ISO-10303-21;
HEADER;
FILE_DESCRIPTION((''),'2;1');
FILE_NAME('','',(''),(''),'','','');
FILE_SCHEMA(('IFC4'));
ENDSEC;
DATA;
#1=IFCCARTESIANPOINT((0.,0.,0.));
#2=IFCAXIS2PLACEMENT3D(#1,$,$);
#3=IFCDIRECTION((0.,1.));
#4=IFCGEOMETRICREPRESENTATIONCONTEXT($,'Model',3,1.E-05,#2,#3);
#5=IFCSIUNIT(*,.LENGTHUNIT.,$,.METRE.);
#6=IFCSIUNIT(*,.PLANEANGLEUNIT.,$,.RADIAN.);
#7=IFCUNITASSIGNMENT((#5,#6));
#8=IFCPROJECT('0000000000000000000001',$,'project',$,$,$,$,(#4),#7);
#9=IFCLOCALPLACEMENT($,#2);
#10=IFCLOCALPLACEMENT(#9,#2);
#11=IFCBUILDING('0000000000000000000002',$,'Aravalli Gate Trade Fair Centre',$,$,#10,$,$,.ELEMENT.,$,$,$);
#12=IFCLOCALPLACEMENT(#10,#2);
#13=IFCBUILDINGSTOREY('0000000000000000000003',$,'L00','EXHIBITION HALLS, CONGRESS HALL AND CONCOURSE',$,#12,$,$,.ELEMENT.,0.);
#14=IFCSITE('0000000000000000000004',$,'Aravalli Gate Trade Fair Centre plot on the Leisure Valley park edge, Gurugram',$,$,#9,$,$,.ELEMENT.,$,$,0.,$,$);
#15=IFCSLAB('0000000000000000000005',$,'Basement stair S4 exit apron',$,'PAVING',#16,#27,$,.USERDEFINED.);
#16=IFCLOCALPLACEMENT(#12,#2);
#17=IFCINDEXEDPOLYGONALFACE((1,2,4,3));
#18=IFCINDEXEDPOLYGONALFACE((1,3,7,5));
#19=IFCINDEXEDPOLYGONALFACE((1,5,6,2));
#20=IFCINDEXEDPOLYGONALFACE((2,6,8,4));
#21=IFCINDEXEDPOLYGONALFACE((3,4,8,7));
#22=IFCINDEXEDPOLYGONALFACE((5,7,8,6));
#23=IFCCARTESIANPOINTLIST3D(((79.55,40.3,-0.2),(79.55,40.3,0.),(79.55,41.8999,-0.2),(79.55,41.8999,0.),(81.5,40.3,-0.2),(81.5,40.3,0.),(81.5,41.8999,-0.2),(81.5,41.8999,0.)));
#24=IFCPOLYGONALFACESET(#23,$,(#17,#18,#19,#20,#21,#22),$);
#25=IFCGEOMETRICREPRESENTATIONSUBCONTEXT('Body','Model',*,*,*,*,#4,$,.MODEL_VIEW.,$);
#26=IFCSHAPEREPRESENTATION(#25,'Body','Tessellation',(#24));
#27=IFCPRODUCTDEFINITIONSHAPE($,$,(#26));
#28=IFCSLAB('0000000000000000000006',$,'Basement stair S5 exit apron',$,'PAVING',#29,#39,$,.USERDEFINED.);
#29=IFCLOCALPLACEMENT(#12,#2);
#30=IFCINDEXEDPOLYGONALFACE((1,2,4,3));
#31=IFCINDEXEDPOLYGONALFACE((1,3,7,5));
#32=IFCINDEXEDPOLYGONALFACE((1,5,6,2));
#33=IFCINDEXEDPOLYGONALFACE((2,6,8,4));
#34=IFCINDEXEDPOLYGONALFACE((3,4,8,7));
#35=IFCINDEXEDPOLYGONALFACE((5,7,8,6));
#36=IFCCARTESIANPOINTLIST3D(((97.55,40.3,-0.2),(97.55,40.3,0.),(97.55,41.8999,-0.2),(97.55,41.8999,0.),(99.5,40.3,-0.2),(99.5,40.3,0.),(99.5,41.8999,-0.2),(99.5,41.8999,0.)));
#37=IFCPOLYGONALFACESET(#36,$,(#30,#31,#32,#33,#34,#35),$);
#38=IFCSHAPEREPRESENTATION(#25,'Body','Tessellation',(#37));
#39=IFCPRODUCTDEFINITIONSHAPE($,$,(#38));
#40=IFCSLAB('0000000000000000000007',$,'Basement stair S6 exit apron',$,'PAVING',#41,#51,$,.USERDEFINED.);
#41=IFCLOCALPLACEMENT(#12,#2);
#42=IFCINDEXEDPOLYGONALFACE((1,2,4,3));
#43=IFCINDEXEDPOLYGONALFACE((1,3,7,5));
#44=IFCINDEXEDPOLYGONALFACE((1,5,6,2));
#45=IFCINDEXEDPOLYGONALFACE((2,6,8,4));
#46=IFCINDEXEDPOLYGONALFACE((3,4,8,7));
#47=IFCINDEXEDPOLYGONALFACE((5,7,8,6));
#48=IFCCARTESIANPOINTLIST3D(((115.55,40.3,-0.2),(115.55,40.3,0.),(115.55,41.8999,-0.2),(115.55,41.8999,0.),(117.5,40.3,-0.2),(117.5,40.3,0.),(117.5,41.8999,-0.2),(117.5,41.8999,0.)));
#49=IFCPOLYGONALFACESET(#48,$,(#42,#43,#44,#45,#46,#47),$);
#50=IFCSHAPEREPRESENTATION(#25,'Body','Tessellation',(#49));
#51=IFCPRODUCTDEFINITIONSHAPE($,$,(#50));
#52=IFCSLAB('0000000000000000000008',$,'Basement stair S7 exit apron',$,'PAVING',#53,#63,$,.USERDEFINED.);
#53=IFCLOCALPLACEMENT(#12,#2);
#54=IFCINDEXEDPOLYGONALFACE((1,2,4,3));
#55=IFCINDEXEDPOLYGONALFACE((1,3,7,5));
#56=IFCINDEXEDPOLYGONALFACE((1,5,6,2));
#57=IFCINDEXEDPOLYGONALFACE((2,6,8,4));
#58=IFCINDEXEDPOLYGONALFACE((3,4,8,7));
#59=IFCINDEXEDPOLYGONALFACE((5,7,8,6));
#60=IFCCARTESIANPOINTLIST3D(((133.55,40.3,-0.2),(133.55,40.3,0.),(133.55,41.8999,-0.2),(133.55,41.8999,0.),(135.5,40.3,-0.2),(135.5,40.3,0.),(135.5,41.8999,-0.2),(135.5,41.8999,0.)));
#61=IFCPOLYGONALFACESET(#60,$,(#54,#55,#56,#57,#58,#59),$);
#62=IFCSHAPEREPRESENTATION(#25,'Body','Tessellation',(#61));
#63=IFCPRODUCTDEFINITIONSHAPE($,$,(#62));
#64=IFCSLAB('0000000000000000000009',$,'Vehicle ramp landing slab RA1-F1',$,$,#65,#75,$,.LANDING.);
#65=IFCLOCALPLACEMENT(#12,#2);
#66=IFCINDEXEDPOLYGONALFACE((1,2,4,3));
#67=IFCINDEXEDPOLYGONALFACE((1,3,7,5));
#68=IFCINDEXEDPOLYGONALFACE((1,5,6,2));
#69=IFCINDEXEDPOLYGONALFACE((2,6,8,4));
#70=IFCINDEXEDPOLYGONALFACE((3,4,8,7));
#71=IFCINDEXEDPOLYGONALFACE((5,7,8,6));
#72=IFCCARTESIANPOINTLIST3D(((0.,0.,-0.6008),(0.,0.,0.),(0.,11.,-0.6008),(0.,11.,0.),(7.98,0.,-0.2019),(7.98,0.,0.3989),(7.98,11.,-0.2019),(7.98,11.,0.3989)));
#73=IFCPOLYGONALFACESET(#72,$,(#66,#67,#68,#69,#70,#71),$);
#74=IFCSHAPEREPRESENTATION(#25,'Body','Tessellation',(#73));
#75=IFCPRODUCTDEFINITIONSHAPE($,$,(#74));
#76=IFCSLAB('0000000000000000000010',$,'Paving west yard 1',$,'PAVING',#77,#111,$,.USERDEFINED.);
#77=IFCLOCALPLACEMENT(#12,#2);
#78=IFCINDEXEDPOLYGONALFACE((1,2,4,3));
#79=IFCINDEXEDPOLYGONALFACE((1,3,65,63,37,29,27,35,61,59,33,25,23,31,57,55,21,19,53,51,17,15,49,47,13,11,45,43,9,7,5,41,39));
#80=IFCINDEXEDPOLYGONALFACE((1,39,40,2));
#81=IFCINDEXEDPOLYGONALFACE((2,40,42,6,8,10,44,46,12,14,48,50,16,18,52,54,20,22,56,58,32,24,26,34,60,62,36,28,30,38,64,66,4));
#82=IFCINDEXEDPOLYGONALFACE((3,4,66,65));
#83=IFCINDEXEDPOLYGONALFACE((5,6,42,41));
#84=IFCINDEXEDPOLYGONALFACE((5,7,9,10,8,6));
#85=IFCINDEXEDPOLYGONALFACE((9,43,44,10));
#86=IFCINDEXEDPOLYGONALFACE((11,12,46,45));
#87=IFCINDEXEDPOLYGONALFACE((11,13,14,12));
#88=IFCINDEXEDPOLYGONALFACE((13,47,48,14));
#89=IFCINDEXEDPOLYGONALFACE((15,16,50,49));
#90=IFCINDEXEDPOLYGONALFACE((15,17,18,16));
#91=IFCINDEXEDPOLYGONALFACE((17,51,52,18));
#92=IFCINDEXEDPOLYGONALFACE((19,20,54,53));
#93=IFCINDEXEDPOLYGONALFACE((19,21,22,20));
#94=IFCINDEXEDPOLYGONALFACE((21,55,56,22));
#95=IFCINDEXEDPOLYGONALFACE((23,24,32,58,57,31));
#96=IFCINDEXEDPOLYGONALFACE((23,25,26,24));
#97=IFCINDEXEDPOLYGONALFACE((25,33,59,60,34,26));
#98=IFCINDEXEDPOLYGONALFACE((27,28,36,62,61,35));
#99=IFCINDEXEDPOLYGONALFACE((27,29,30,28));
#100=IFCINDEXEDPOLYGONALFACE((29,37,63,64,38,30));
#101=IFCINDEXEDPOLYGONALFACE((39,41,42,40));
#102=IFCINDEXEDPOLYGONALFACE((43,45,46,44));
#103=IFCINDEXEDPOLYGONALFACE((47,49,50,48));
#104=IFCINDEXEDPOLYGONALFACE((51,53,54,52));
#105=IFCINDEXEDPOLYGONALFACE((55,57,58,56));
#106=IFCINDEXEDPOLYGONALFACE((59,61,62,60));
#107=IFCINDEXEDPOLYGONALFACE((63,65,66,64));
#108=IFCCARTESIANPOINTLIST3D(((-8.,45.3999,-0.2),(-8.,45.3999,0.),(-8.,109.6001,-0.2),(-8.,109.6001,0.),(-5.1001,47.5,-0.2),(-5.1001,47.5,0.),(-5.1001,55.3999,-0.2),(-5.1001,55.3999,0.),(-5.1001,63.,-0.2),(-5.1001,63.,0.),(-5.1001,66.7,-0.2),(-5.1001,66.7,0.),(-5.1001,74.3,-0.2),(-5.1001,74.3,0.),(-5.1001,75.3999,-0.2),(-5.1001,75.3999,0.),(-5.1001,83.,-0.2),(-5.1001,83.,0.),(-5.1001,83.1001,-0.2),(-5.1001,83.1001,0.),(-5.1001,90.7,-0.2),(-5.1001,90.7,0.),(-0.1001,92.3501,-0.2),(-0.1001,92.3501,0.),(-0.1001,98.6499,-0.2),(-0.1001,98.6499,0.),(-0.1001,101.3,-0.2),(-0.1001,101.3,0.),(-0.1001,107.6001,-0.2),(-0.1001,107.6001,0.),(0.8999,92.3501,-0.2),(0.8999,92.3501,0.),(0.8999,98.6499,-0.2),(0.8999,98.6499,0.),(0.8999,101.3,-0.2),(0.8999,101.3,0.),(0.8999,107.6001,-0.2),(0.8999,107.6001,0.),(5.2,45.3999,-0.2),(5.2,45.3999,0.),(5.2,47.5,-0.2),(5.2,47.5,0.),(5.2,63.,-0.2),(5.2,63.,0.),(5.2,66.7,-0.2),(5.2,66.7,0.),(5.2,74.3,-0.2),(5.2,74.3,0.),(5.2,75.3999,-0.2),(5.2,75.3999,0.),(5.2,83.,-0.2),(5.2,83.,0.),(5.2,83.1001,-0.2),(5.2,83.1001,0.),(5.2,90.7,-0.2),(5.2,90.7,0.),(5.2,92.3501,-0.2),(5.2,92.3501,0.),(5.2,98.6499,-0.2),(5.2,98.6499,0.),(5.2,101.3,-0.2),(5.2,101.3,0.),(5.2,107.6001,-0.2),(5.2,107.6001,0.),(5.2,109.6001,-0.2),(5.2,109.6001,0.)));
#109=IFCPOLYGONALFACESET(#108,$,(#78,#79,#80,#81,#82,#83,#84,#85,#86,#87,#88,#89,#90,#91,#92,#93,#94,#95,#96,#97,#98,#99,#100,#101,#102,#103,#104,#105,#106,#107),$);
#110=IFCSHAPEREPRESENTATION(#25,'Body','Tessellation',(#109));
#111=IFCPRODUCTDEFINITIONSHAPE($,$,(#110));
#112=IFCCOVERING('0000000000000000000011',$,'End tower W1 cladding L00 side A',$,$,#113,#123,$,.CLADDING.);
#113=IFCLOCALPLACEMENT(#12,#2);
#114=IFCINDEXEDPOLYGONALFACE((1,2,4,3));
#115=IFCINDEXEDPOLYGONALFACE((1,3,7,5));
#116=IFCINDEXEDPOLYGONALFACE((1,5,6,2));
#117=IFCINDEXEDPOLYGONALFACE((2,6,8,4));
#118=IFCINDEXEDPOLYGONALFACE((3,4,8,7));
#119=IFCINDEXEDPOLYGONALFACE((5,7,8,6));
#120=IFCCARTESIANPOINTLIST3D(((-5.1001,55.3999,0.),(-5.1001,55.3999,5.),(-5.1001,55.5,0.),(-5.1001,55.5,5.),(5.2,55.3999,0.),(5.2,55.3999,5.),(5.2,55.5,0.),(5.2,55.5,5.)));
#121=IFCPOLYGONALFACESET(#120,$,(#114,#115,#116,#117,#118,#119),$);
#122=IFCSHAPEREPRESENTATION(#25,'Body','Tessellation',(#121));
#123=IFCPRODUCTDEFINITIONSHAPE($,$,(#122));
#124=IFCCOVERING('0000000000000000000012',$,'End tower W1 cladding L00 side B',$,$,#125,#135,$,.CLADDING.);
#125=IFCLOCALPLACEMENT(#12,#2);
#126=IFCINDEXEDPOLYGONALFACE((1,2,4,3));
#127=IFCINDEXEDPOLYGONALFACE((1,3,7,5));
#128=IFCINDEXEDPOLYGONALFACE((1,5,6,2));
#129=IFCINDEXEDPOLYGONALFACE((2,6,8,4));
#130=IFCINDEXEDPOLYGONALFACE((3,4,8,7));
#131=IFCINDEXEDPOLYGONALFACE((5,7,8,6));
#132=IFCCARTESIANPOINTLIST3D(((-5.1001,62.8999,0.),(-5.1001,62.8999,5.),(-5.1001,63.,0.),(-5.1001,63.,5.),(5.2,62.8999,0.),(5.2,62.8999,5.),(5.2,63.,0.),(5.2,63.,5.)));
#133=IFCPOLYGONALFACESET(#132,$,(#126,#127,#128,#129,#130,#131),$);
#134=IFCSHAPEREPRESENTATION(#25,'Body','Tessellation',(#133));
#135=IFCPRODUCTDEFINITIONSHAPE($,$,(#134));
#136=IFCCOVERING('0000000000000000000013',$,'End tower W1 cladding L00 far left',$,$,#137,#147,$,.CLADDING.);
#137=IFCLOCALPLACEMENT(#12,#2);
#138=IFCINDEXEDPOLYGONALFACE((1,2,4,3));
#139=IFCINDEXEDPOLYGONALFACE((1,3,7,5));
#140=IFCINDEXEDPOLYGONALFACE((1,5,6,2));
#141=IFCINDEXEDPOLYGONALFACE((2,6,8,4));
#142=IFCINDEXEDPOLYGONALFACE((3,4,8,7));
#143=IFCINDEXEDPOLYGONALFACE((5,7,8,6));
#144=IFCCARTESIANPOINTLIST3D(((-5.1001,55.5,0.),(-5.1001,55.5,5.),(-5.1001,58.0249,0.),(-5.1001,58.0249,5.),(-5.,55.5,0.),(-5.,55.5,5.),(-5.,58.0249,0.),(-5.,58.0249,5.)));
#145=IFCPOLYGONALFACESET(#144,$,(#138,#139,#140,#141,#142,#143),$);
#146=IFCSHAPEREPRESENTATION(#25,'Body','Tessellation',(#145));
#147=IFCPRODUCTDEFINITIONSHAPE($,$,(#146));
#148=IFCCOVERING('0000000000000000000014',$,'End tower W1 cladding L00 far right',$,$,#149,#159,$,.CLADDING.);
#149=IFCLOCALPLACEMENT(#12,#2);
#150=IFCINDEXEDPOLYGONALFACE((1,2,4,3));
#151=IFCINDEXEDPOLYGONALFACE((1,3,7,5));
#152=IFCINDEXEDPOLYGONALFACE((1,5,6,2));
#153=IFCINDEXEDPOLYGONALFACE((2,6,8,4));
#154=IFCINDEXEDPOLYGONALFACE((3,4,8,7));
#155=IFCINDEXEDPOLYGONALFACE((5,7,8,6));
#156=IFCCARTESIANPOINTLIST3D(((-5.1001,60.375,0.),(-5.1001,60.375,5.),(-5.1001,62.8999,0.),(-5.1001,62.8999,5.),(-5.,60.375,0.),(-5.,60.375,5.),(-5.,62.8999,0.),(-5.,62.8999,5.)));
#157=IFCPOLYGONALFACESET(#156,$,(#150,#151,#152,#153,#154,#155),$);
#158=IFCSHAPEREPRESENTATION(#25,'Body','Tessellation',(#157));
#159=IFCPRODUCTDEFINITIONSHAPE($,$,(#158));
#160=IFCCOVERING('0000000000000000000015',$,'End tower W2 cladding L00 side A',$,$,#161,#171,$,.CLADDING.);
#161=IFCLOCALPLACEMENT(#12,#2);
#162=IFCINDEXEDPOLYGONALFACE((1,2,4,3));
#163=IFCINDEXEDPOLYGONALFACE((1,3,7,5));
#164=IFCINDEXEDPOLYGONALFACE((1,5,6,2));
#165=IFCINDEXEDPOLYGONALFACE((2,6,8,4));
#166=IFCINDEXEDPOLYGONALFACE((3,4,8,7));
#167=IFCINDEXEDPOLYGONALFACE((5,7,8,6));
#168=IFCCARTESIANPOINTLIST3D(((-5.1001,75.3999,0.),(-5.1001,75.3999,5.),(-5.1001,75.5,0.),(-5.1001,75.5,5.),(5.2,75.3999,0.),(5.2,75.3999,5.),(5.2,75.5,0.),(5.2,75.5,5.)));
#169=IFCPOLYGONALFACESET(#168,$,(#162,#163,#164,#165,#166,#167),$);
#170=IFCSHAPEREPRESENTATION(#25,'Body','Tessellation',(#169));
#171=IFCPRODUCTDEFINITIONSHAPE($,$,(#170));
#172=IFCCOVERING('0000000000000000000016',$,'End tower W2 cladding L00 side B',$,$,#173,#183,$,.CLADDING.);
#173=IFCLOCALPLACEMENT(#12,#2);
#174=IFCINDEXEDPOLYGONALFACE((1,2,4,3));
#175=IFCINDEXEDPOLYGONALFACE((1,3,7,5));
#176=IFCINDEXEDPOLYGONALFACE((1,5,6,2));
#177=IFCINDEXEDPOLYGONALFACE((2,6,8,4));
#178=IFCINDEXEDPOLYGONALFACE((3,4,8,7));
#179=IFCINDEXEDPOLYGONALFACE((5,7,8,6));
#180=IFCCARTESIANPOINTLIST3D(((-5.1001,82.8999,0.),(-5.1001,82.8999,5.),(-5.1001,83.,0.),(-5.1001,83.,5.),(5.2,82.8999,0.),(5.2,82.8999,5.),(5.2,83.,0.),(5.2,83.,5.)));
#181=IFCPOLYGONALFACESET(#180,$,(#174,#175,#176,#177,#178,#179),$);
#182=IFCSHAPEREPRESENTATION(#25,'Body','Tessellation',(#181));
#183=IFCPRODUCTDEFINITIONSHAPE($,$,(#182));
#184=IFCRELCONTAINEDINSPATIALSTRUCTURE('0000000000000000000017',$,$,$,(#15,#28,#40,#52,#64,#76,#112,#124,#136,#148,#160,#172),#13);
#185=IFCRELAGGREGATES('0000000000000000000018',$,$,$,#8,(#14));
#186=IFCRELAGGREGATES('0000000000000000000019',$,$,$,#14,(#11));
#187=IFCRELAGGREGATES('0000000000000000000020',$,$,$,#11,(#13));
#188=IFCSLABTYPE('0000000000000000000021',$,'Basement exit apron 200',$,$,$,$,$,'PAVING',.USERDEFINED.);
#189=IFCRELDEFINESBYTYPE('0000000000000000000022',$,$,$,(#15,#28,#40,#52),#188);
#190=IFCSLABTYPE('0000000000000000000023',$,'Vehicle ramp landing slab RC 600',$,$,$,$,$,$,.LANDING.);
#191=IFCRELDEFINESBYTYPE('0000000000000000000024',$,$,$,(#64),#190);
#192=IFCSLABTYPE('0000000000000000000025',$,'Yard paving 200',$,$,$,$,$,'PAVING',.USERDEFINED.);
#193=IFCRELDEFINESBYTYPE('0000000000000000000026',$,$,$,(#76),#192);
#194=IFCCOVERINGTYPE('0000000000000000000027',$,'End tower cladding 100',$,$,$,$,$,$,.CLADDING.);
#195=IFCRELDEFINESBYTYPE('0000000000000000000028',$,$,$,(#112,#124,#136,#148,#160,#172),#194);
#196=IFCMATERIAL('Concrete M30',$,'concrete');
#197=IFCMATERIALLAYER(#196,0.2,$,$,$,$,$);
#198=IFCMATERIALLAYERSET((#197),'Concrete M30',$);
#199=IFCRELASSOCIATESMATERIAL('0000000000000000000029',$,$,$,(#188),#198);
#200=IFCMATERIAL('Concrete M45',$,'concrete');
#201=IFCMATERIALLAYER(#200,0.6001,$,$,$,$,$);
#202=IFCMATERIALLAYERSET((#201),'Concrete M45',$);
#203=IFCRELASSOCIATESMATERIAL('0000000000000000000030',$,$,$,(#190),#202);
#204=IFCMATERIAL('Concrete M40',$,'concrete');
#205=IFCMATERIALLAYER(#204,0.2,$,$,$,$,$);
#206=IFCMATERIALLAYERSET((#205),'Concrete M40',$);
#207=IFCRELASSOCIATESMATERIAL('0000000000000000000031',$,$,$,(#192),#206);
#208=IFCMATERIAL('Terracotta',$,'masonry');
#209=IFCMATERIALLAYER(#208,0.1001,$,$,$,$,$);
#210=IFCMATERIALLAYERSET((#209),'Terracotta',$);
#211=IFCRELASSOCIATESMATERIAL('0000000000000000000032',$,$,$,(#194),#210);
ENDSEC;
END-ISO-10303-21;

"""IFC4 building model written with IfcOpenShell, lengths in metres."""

from ifc_helpers import new_model, si_unit, direction, frame, origin, origin_with_axes, place, context, subcontext, project, spatial, polyline, outline, extrude, material, layer, layer_set, type_object, element, save


model = new_model("IFC4")

# Units and contexts
model_context = context("Model", 3, precision=1e-05, world=origin(), true_north=direction((0.0, 1.0)))
body_context = subcontext(model_context, "Body", "Model", "MODEL_VIEW")
ifc_project = project(units=[si_unit("LENGTHUNIT", "METRE"), si_unit("PLANEANGLEUNIT", "RADIAN")], contexts=[model_context])

# Site, building, storey
site_placement = place(None, origin())
site = spatial("IfcSite", under=ifc_project, at=site_placement, Name="Aravalli Gate Trade Fair Centre plot on the Leisure Valley park edge, Gurugram", CompositionType="ELEMENT", RefElevation=0.0)
building_placement = place(site_placement, origin())
building = spatial("IfcBuilding", under=site, at=building_placement, Name="Aravalli Gate Trade Fair Centre", CompositionType="ELEMENT")
storey_placement = place(building_placement, origin())
storey = spatial("IfcBuildingStorey", under=building, at=storey_placement, Name="L00", Description="EXHIBITION HALLS, CONGRESS HALL AND CONCOURSE", CompositionType="ELEMENT", Elevation=0.0)

# Slabs
ifc_material_1 = material(Name="Concrete M30", Category="concrete")
ifc_layer_1 = layer(ifc_material_1, 0.2)
ifc_layer_set_1 = layer_set([ifc_layer_1], Name="Concrete M30")
slab_type_1 = type_object("IfcSlabType", Name="Basement exit apron 200", ElementType="PAVING", PredefinedType="USERDEFINED", material=ifc_layer_set_1)
slab_1_placement = place(storey_placement, frame((0.0, 0.0, -0.2)))
element("IfcSlab", 1, at=slab_1_placement, inside=storey, type_object=slab_type_1, Name="Basement stair S4 exit apron", ObjectType="PAVING", PredefinedType="USERDEFINED", context=body_context, shape_type="SweptSolid", body=[
    extrude(outline(polyline([(79.55, 41.8999), (81.5, 41.8999), (81.5, 40.3), (79.55, 40.3), (79.55, 41.8999)])), origin(), (0.0, 0.0, 1.0), 0.2),
])
slab_2_placement = place(storey_placement, frame((0.0, 0.0, -0.2)))
element("IfcSlab", 2, at=slab_2_placement, inside=storey, type_object=slab_type_1, Name="Basement stair S5 exit apron", ObjectType="PAVING", PredefinedType="USERDEFINED", context=body_context, shape_type="SweptSolid", body=[
    extrude(outline(polyline([(97.55, 41.8999), (99.5, 41.8999), (99.5, 40.3), (97.55, 40.3), (97.55, 41.8999)])), origin(), (0.0, 0.0, 1.0), 0.2),
])
slab_3_placement = place(storey_placement, frame((0.0, 0.0, -0.2)))
element("IfcSlab", 3, at=slab_3_placement, inside=storey, type_object=slab_type_1, Name="Basement stair S6 exit apron", ObjectType="PAVING", PredefinedType="USERDEFINED", context=body_context, shape_type="SweptSolid", body=[
    extrude(outline(polyline([(115.55, 41.8999), (117.5, 41.8999), (117.5, 40.3), (115.55, 40.3), (115.55, 41.8999)])), origin(), (0.0, 0.0, 1.0), 0.2),
])
slab_4_placement = place(storey_placement, frame((0.0, 0.0, -0.2)))
element("IfcSlab", 4, at=slab_4_placement, inside=storey, type_object=slab_type_1, Name="Basement stair S7 exit apron", ObjectType="PAVING", PredefinedType="USERDEFINED", context=body_context, shape_type="SweptSolid", body=[
    extrude(outline(polyline([(133.55, 41.8999), (135.5, 41.8999), (135.5, 40.3), (133.55, 40.3), (133.55, 41.8999)])), origin(), (0.0, 0.0, 1.0), 0.2),
])
ifc_material_2 = material(Name="Concrete M45", Category="concrete")
ifc_layer_2 = layer(ifc_material_2, 0.6001)
ifc_layer_set_2 = layer_set([ifc_layer_2], Name="Concrete M45")
slab_type_2 = type_object("IfcSlabType", Name="Vehicle ramp landing slab RC 600", PredefinedType="LANDING", material=ifc_layer_set_2)
slab_5_placement = place(storey_placement, origin_with_axes())
element("IfcSlab", 5, at=slab_5_placement, inside=storey, type_object=slab_type_2, Name="Vehicle ramp landing slab RA1-F1", PredefinedType="LANDING", context=body_context, shape_type="SweptSolid", body=[
    extrude(outline(polyline([(0.0, 0.0), (7.98, 0.3989), (7.98, -0.2019), (0.0, -0.6008), (0.0, 0.0)])), frame((0.0, 11.0, 0.0), z_axis=(0.0, -1.0, 0.0), x_axis=(1.0, 0.0, 0.0)), (0.0, 0.0, 1.0), 11.0),
])
ifc_material_3 = material(Name="Concrete M40", Category="concrete")
ifc_layer_3 = layer(ifc_material_3, 0.2)
ifc_layer_set_3 = layer_set([ifc_layer_3], Name="Concrete M40")
slab_type_3 = type_object("IfcSlabType", Name="Yard paving 200", ElementType="PAVING", PredefinedType="USERDEFINED", material=ifc_layer_set_3)
slab_6_placement = place(storey_placement, frame((0.0, 0.0, -0.2)))
element("IfcSlab", 6, at=slab_6_placement, inside=storey, type_object=slab_type_3, Name="Paving west yard 1", ObjectType="PAVING", PredefinedType="USERDEFINED", context=body_context, shape_type="SweptSolid", body=[
    extrude(outline(polyline([(-8.0, 109.6001), (5.2, 109.6001), (5.2, 107.6001), (0.8999, 107.6001), (-0.1001, 107.6001), (-0.1001, 101.3), (0.8999, 101.3), (5.2, 101.3), (5.2, 98.6499), (0.8999, 98.6499), (-0.1001, 98.6499), (-0.1001, 92.3501), (0.8999, 92.3501), (5.2, 92.3501), (5.2, 90.7), (-5.1001, 90.7), (-5.1001, 83.1001), (5.2, 83.1001), (5.2, 83.0), (-5.1001, 83.0), (-5.1001, 75.3999), (5.2, 75.3999), (5.2, 74.3), (-5.1001, 74.3), (-5.1001, 66.7), (5.2, 66.7), (5.2, 63.0), (-5.1001, 63.0), (-5.1001, 55.3999), (-5.1001, 47.5), (5.2, 47.5), (5.2, 45.3999), (-8.0, 45.3999), (-8.0, 109.6001)])), origin(), (0.0, 0.0, 1.0), 0.2),
])

# Coverings
ifc_material_4 = material(Name="Terracotta", Category="masonry")
ifc_layer_4 = layer(ifc_material_4, 0.1001)
ifc_layer_set_4 = layer_set([ifc_layer_4], Name="Terracotta")
covering_type_1 = type_object("IfcCoveringType", Name="End tower cladding 100", PredefinedType="CLADDING", material=ifc_layer_set_4)
covering_1_placement = place(storey_placement, origin())
element("IfcCovering", 7, at=covering_1_placement, inside=storey, type_object=covering_type_1, Name="End tower W1 cladding L00 side A", PredefinedType="CLADDING", context=body_context, shape_type="SweptSolid", body=[
    extrude(outline(polyline([(5.2, 55.3999), (-5.1001, 55.3999), (-5.1001, 55.5), (5.2, 55.5), (5.2, 55.3999)])), origin(), (0.0, 0.0, 1.0), 5.0),
])
covering_2_placement = place(storey_placement, origin())
element("IfcCovering", 8, at=covering_2_placement, inside=storey, type_object=covering_type_1, Name="End tower W1 cladding L00 side B", PredefinedType="CLADDING", context=body_context, shape_type="SweptSolid", body=[
    extrude(outline(polyline([(5.2, 62.8999), (-5.1001, 62.8999), (-5.1001, 63.0), (5.2, 63.0), (5.2, 62.8999)])), origin(), (0.0, 0.0, 1.0), 5.0),
])
covering_3_placement = place(storey_placement, origin())
element("IfcCovering", 9, at=covering_3_placement, inside=storey, type_object=covering_type_1, Name="End tower W1 cladding L00 far left", PredefinedType="CLADDING", context=body_context, shape_type="SweptSolid", body=[
    extrude(outline(polyline([(-5.0, 55.5), (-5.1001, 55.5), (-5.1001, 58.0249), (-5.0, 58.0249), (-5.0, 55.5)])), origin(), (0.0, 0.0, 1.0), 5.0),
])
covering_4_placement = place(storey_placement, origin())
element("IfcCovering", 10, at=covering_4_placement, inside=storey, type_object=covering_type_1, Name="End tower W1 cladding L00 far right", PredefinedType="CLADDING", context=body_context, shape_type="SweptSolid", body=[
    extrude(outline(polyline([(-5.0, 60.375), (-5.1001, 60.375), (-5.1001, 62.8999), (-5.0, 62.8999), (-5.0, 60.375)])), origin(), (0.0, 0.0, 1.0), 5.0),
])
covering_5_placement = place(storey_placement, origin())
element("IfcCovering", 11, at=covering_5_placement, inside=storey, type_object=covering_type_1, Name="End tower W2 cladding L00 side A", PredefinedType="CLADDING", context=body_context, shape_type="SweptSolid", body=[
    extrude(outline(polyline([(5.2, 75.3999), (-5.1001, 75.3999), (-5.1001, 75.5), (5.2, 75.5), (5.2, 75.3999)])), origin(), (0.0, 0.0, 1.0), 5.0),
])
covering_6_placement = place(storey_placement, origin())
element("IfcCovering", 12, at=covering_6_placement, inside=storey, type_object=covering_type_1, Name="End tower W2 cladding L00 side B", PredefinedType="CLADDING", context=body_context, shape_type="SweptSolid", body=[
    extrude(outline(polyline([(5.2, 82.8999), (-5.1001, 82.8999), (-5.1001, 83.0), (5.2, 83.0), (5.2, 82.8999)])), origin(), (0.0, 0.0, 1.0), 5.0),
])

save(model, "model.ifc")
